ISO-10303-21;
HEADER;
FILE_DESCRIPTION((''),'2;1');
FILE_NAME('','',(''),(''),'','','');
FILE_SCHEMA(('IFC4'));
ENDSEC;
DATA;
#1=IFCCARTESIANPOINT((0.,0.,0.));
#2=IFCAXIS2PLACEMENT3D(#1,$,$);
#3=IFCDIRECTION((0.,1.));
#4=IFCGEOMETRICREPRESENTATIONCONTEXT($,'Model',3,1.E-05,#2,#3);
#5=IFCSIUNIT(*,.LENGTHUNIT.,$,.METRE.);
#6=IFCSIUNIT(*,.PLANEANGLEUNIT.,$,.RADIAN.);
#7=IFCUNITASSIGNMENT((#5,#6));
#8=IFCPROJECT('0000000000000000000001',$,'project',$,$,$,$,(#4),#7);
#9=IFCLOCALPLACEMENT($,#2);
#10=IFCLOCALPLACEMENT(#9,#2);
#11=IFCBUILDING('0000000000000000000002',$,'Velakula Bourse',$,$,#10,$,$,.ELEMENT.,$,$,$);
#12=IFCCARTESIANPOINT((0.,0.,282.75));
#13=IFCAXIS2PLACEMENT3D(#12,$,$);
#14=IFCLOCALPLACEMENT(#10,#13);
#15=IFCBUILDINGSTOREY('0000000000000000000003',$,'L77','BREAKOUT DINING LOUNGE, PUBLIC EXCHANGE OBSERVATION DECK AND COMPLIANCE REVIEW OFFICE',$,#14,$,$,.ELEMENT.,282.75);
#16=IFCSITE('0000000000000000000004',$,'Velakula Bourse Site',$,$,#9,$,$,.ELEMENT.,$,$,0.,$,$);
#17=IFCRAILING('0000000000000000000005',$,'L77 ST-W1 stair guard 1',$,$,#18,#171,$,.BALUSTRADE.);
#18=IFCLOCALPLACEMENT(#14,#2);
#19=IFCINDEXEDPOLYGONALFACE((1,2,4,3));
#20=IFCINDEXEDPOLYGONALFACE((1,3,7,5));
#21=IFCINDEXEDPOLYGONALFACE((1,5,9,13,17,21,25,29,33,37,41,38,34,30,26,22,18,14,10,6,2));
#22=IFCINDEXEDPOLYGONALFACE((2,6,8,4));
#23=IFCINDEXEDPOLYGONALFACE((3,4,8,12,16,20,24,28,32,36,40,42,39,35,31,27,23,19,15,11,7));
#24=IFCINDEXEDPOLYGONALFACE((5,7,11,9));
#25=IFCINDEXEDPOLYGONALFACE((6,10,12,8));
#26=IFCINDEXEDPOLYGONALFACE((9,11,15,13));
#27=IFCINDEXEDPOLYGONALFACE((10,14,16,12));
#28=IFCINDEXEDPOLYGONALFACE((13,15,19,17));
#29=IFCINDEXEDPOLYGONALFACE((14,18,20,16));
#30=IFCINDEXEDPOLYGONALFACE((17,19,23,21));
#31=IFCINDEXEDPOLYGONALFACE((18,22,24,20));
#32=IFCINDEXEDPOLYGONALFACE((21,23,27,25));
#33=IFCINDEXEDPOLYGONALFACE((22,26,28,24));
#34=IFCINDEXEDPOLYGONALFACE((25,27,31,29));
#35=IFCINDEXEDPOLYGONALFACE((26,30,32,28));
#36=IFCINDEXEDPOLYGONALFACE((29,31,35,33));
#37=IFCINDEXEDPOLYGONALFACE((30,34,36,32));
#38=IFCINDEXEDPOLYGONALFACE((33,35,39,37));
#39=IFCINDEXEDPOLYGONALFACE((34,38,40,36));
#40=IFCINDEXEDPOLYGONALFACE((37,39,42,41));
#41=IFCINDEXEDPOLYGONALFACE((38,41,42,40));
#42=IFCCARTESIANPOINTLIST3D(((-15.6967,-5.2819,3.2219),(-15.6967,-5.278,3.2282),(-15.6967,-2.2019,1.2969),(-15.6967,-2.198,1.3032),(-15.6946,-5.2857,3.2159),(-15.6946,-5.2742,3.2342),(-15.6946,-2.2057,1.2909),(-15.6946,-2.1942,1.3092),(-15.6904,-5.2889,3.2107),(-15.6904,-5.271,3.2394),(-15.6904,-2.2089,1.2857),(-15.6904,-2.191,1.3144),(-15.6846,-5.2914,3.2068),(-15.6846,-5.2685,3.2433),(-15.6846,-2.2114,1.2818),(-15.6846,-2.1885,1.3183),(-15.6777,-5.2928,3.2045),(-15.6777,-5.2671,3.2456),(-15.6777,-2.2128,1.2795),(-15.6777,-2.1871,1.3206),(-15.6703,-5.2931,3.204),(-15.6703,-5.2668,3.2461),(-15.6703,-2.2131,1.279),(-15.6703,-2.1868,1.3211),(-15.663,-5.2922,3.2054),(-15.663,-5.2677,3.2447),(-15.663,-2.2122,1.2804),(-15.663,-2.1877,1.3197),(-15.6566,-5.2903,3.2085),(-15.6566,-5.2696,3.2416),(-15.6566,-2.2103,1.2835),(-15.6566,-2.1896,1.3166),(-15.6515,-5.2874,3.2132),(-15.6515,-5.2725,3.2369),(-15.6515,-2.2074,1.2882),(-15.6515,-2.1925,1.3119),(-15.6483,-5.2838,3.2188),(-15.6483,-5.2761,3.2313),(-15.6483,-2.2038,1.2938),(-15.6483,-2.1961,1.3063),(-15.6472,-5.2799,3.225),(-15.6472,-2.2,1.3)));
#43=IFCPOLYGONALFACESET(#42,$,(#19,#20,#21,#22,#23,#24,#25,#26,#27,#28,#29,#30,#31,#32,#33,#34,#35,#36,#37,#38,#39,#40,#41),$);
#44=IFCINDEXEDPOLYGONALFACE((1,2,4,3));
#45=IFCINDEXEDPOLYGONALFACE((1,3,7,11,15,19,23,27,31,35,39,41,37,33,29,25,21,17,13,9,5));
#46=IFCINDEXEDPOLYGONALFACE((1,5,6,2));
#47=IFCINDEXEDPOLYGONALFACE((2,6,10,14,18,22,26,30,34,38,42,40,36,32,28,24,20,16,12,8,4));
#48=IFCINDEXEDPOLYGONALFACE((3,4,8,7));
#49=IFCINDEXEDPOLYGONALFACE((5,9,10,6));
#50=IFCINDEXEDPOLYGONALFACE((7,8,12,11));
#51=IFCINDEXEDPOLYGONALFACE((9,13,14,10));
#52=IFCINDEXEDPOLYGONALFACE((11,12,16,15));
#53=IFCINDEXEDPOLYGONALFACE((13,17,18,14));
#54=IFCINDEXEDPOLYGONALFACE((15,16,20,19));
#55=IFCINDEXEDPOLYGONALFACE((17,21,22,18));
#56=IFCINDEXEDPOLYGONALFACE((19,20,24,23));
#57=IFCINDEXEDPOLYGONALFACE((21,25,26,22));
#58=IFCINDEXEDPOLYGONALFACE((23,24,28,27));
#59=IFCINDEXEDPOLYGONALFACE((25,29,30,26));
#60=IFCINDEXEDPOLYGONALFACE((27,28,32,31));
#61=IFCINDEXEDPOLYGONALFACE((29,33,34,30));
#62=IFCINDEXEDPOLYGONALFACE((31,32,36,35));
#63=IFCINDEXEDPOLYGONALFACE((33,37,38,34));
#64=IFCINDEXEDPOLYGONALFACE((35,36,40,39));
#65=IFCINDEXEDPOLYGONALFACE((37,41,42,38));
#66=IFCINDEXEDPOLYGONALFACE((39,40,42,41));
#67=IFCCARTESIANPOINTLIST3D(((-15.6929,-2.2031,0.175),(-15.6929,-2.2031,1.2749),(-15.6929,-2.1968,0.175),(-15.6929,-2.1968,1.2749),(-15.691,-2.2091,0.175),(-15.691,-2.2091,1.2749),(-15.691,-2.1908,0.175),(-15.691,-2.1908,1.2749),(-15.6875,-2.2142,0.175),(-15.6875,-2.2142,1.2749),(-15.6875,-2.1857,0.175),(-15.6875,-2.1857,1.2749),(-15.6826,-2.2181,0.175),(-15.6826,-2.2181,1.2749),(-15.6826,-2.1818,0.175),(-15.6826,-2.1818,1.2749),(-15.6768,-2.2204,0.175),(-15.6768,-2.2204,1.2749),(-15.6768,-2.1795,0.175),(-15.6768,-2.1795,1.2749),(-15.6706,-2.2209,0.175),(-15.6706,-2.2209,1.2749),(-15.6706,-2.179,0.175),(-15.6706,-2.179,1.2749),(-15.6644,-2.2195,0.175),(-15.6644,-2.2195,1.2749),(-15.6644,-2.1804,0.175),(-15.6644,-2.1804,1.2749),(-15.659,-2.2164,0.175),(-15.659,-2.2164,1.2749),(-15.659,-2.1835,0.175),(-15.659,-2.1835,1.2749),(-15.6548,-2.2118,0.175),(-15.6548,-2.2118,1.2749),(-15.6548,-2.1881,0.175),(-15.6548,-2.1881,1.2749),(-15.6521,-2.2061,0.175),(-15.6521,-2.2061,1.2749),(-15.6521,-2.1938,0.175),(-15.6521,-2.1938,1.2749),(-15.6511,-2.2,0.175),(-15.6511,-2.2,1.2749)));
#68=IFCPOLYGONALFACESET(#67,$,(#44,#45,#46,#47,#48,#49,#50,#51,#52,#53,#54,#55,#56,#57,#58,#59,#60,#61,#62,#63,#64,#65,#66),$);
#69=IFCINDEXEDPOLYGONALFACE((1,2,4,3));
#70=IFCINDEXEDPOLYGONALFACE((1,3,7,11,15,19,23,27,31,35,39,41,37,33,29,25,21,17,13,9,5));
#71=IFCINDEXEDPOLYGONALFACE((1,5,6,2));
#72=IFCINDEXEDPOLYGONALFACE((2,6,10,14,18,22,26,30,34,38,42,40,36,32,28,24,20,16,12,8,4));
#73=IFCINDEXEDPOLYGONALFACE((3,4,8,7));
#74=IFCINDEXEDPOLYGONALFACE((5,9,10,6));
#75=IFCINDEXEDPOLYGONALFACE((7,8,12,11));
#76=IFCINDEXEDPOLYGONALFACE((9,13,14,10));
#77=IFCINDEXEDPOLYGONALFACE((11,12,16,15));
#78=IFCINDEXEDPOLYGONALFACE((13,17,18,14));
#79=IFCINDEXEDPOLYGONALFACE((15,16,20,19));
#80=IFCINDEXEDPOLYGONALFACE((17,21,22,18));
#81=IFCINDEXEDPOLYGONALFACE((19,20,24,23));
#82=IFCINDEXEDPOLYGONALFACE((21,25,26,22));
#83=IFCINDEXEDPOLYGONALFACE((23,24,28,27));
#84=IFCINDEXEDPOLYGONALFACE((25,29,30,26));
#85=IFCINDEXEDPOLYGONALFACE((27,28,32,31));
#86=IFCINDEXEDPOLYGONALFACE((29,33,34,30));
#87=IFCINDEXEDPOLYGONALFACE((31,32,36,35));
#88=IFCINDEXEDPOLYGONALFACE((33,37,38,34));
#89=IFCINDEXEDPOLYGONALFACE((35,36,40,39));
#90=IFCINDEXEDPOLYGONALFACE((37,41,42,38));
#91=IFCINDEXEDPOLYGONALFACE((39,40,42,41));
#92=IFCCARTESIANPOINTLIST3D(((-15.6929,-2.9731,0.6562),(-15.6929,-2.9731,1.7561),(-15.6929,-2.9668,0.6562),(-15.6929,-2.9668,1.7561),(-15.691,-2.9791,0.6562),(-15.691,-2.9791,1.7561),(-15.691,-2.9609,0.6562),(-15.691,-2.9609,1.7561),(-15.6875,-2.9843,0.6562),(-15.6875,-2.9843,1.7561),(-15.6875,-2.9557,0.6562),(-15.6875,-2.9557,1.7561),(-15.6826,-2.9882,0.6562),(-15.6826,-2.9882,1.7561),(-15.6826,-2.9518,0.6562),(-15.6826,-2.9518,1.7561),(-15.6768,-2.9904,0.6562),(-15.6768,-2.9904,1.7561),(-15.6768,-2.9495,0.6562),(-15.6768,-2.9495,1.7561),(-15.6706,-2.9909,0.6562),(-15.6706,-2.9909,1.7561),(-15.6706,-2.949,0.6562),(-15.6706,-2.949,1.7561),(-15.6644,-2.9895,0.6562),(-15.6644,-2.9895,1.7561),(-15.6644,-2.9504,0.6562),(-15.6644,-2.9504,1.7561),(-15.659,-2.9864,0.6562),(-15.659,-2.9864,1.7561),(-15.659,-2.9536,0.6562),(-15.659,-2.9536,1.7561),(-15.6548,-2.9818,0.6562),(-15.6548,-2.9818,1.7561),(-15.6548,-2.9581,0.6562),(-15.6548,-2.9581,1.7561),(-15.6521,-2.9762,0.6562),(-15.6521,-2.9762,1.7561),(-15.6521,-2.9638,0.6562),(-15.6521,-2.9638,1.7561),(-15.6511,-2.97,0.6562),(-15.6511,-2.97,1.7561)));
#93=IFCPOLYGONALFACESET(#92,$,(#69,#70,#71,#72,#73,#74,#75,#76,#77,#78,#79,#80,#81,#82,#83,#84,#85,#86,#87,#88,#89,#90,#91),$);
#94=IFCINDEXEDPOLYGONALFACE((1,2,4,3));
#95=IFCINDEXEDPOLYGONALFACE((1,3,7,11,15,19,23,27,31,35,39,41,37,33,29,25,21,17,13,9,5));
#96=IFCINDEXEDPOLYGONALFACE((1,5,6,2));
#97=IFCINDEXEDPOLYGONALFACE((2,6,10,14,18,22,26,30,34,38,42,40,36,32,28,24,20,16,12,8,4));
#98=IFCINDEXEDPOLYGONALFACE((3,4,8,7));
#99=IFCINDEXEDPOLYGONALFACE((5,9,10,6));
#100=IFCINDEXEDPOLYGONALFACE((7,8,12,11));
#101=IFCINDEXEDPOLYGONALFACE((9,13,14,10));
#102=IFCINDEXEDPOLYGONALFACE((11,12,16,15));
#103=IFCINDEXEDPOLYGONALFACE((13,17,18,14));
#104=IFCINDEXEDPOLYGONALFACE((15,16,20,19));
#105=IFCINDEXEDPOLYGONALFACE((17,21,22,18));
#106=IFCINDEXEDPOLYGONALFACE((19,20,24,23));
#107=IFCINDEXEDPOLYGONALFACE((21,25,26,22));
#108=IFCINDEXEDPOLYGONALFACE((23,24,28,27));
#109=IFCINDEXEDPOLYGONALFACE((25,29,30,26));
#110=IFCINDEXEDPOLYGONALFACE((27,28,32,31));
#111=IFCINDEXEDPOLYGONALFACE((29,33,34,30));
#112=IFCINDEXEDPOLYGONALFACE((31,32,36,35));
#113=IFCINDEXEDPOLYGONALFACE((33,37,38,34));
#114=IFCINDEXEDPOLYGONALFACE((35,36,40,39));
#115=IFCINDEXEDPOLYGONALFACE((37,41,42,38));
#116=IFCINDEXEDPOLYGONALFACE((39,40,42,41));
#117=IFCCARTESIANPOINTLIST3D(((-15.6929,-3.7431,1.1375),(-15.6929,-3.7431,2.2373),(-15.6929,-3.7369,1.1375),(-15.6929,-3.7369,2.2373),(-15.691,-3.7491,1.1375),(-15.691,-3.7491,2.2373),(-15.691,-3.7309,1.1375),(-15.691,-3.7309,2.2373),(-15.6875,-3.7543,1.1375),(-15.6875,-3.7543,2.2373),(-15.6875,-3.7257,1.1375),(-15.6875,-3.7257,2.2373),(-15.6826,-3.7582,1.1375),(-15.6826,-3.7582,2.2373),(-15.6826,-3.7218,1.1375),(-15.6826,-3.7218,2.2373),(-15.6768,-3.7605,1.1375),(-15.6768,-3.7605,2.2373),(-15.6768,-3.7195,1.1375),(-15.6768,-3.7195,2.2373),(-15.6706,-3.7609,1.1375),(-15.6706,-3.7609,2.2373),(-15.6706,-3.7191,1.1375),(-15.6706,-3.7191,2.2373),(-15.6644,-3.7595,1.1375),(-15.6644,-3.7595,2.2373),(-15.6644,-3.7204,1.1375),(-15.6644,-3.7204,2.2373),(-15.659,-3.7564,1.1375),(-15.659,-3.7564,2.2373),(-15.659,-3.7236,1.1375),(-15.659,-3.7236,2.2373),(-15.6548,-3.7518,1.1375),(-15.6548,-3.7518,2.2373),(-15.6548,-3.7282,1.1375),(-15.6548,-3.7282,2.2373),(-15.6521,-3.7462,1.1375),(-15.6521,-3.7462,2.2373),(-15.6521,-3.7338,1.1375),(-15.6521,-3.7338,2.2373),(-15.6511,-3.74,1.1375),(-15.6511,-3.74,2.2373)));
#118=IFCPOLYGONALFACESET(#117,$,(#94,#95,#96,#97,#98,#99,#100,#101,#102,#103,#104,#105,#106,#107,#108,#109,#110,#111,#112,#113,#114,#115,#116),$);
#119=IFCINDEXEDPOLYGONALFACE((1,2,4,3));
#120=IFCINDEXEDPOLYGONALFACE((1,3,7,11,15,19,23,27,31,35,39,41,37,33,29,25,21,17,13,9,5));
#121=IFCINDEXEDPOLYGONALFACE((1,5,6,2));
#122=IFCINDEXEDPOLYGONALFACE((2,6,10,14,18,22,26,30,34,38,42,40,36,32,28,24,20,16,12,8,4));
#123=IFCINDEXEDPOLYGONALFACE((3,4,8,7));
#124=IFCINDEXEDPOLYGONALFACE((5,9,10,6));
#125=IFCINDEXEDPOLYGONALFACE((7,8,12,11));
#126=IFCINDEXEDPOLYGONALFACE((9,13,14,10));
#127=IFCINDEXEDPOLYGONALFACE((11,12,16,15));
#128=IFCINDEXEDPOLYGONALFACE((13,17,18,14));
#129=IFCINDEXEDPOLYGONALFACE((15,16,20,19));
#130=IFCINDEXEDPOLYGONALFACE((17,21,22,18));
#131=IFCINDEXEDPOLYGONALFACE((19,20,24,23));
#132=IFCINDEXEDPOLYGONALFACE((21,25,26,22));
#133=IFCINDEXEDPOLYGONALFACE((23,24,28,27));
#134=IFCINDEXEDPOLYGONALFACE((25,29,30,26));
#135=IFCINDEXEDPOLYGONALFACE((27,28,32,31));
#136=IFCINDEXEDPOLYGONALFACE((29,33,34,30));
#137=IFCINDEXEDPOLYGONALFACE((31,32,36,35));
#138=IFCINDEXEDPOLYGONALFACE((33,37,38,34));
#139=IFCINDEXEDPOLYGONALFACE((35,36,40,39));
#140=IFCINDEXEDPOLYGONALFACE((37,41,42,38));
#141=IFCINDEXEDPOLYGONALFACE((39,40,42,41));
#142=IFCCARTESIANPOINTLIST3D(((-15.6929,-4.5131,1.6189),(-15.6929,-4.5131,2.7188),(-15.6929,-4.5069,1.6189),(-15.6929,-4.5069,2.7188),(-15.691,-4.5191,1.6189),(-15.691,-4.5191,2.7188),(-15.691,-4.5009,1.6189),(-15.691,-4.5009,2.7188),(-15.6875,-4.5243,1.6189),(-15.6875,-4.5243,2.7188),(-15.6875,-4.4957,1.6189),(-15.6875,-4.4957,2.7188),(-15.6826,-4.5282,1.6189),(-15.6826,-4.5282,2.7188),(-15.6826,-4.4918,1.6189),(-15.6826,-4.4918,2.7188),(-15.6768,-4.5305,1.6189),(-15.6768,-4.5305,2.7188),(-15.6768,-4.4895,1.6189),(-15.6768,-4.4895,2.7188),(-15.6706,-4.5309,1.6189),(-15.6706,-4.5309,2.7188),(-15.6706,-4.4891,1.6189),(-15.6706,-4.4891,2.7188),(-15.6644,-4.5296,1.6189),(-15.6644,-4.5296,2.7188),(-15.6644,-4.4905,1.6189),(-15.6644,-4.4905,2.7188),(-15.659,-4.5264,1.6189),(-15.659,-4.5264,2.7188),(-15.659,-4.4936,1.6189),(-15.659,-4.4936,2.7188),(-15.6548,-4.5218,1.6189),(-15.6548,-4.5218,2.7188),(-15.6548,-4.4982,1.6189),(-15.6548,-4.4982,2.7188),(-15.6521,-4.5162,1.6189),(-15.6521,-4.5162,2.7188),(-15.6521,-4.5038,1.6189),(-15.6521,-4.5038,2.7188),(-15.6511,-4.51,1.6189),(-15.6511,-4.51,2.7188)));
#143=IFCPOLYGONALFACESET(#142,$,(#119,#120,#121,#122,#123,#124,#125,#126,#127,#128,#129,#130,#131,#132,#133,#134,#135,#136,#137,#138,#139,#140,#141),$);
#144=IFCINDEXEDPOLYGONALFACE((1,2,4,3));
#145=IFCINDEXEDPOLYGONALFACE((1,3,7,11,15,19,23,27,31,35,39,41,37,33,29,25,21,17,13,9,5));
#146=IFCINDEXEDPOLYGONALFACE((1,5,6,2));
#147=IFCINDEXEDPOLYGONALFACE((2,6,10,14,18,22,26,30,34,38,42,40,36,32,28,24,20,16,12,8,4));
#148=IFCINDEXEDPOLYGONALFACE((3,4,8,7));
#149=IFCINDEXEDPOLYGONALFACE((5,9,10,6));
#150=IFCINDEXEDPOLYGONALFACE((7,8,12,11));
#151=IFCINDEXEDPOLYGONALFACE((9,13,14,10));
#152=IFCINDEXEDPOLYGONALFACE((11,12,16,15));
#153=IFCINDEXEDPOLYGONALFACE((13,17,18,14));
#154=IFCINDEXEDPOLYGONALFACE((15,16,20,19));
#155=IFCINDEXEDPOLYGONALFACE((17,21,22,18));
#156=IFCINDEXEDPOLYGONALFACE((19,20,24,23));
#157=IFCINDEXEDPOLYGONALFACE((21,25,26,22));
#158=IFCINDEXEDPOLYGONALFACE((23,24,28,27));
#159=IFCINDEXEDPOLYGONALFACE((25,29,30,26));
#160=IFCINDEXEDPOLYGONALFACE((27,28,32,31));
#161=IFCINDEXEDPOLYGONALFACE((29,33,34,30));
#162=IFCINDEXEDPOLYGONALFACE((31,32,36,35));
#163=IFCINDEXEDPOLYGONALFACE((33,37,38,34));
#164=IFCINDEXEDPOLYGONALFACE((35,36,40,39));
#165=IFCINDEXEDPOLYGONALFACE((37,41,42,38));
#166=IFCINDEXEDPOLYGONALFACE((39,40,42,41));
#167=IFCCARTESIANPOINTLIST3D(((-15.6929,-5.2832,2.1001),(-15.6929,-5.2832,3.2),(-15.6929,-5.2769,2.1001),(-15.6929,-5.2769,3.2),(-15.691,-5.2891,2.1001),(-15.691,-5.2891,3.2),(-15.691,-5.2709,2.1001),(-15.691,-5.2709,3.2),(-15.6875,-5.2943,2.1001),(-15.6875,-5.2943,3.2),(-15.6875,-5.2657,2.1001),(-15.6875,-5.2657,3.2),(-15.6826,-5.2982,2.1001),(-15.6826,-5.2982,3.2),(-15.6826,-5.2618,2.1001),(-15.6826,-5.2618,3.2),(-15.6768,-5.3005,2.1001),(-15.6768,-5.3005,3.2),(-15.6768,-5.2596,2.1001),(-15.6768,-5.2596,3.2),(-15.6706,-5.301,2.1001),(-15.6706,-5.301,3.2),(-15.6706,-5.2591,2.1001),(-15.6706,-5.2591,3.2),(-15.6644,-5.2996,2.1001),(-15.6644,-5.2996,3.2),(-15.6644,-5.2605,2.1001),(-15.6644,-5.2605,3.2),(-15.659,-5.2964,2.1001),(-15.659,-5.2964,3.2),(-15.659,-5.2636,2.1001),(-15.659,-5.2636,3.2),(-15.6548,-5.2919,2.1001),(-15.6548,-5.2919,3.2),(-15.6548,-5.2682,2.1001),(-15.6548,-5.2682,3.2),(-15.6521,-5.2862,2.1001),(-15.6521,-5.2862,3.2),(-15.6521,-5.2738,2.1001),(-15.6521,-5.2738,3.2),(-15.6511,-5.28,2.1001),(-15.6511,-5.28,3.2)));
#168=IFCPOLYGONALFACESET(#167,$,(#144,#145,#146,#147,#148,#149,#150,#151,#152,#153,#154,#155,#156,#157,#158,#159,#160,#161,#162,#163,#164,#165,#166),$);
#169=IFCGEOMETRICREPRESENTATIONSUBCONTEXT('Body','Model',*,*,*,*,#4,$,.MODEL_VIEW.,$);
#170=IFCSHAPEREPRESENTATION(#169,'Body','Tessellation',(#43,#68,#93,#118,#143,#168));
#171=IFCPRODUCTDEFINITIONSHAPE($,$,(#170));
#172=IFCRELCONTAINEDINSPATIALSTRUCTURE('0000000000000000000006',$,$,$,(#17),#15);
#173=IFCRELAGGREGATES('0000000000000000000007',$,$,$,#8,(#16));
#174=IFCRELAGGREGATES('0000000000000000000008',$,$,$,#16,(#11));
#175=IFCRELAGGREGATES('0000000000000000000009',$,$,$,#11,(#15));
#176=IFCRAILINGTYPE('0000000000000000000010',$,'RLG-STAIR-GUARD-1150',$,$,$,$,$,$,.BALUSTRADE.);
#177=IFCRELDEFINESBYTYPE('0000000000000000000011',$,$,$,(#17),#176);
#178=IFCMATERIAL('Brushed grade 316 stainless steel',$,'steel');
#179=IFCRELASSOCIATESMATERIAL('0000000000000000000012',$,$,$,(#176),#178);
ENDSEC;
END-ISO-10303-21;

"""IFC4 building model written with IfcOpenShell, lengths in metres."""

from ifc_helpers import new_model, si_unit, direction, frame, origin, origin_2d, place, context, subcontext, project, spatial, circle, extrude, material, type_object, element, save


model = new_model("IFC4")

# Units and contexts
model_context = context("Model", 3, precision=1e-05, world=origin(), true_north=direction((0.0, 1.0)))
body_context = subcontext(model_context, "Body", "Model", "MODEL_VIEW")
ifc_project = project(units=[si_unit("LENGTHUNIT", "METRE"), si_unit("PLANEANGLEUNIT", "RADIAN")], contexts=[model_context])

# Site, building, storey
site_placement = place(None, origin())
site = spatial("IfcSite", under=ifc_project, at=site_placement, Name="Velakula Bourse Site", CompositionType="ELEMENT", RefElevation=0.0)
building_placement = place(site_placement, origin())
building = spatial("IfcBuilding", under=site, at=building_placement, Name="Velakula Bourse", CompositionType="ELEMENT")
storey_placement = place(building_placement, frame((0.0, 0.0, 282.75)))
storey = spatial("IfcBuildingStorey", under=building, at=storey_placement, Name="L77", Description="BREAKOUT DINING LOUNGE, PUBLIC EXCHANGE OBSERVATION DECK AND COMPLIANCE REVIEW OFFICE", CompositionType="ELEMENT", Elevation=282.75)

# Shared definitions
ifc_material_1 = material(Name="Brushed grade 316 stainless steel", Category="steel")

# Railing
railing_type_1 = type_object("IfcRailingType", Name="RLG-STAIR-GUARD-1150", PredefinedType="BALUSTRADE", material=ifc_material_1)
railing_1_placement = place(storey_placement, frame((-15.6721, -2.2, 0.175)))
element("IfcRailing", 1, at=railing_1_placement, inside=storey, type_object=railing_type_1, Name="L77 ST-W1 stair guard 1", PredefinedType="BALUSTRADE", context=body_context, shape_type="SweptSolid", body=[
    extrude(circle(Radius=0.0249, at=origin_2d()), frame((0.0, 0.0, 1.125), z_axis=(0.0, -0.847998, 0.529999), x_axis=(1.0, 0.0, 0.0)), (0.0, 0.0, 1.0), 3.6321),
    extrude(circle(Radius=0.021, at=origin_2d()), origin(), (0.0, 0.0, 1.0), 1.0999),
    extrude(circle(Radius=0.021, at=origin_2d()), frame((0.0, -0.77, 0.4812)), (0.0, 0.0, 1.0), 1.0999),
    extrude(circle(Radius=0.021, at=origin_2d()), frame((0.0, -1.54, 0.9624)), (0.0, 0.0, 1.0), 1.0999),
    extrude(circle(Radius=0.021, at=origin_2d()), frame((0.0, -2.3101, 1.4438)), (0.0, 0.0, 1.0), 1.0999),
    extrude(circle(Radius=0.021, at=origin_2d()), frame((0.0, -3.0801, 1.925)), (0.0, 0.0, 1.0), 1.0999),
])

save(model, "model.ifc")
